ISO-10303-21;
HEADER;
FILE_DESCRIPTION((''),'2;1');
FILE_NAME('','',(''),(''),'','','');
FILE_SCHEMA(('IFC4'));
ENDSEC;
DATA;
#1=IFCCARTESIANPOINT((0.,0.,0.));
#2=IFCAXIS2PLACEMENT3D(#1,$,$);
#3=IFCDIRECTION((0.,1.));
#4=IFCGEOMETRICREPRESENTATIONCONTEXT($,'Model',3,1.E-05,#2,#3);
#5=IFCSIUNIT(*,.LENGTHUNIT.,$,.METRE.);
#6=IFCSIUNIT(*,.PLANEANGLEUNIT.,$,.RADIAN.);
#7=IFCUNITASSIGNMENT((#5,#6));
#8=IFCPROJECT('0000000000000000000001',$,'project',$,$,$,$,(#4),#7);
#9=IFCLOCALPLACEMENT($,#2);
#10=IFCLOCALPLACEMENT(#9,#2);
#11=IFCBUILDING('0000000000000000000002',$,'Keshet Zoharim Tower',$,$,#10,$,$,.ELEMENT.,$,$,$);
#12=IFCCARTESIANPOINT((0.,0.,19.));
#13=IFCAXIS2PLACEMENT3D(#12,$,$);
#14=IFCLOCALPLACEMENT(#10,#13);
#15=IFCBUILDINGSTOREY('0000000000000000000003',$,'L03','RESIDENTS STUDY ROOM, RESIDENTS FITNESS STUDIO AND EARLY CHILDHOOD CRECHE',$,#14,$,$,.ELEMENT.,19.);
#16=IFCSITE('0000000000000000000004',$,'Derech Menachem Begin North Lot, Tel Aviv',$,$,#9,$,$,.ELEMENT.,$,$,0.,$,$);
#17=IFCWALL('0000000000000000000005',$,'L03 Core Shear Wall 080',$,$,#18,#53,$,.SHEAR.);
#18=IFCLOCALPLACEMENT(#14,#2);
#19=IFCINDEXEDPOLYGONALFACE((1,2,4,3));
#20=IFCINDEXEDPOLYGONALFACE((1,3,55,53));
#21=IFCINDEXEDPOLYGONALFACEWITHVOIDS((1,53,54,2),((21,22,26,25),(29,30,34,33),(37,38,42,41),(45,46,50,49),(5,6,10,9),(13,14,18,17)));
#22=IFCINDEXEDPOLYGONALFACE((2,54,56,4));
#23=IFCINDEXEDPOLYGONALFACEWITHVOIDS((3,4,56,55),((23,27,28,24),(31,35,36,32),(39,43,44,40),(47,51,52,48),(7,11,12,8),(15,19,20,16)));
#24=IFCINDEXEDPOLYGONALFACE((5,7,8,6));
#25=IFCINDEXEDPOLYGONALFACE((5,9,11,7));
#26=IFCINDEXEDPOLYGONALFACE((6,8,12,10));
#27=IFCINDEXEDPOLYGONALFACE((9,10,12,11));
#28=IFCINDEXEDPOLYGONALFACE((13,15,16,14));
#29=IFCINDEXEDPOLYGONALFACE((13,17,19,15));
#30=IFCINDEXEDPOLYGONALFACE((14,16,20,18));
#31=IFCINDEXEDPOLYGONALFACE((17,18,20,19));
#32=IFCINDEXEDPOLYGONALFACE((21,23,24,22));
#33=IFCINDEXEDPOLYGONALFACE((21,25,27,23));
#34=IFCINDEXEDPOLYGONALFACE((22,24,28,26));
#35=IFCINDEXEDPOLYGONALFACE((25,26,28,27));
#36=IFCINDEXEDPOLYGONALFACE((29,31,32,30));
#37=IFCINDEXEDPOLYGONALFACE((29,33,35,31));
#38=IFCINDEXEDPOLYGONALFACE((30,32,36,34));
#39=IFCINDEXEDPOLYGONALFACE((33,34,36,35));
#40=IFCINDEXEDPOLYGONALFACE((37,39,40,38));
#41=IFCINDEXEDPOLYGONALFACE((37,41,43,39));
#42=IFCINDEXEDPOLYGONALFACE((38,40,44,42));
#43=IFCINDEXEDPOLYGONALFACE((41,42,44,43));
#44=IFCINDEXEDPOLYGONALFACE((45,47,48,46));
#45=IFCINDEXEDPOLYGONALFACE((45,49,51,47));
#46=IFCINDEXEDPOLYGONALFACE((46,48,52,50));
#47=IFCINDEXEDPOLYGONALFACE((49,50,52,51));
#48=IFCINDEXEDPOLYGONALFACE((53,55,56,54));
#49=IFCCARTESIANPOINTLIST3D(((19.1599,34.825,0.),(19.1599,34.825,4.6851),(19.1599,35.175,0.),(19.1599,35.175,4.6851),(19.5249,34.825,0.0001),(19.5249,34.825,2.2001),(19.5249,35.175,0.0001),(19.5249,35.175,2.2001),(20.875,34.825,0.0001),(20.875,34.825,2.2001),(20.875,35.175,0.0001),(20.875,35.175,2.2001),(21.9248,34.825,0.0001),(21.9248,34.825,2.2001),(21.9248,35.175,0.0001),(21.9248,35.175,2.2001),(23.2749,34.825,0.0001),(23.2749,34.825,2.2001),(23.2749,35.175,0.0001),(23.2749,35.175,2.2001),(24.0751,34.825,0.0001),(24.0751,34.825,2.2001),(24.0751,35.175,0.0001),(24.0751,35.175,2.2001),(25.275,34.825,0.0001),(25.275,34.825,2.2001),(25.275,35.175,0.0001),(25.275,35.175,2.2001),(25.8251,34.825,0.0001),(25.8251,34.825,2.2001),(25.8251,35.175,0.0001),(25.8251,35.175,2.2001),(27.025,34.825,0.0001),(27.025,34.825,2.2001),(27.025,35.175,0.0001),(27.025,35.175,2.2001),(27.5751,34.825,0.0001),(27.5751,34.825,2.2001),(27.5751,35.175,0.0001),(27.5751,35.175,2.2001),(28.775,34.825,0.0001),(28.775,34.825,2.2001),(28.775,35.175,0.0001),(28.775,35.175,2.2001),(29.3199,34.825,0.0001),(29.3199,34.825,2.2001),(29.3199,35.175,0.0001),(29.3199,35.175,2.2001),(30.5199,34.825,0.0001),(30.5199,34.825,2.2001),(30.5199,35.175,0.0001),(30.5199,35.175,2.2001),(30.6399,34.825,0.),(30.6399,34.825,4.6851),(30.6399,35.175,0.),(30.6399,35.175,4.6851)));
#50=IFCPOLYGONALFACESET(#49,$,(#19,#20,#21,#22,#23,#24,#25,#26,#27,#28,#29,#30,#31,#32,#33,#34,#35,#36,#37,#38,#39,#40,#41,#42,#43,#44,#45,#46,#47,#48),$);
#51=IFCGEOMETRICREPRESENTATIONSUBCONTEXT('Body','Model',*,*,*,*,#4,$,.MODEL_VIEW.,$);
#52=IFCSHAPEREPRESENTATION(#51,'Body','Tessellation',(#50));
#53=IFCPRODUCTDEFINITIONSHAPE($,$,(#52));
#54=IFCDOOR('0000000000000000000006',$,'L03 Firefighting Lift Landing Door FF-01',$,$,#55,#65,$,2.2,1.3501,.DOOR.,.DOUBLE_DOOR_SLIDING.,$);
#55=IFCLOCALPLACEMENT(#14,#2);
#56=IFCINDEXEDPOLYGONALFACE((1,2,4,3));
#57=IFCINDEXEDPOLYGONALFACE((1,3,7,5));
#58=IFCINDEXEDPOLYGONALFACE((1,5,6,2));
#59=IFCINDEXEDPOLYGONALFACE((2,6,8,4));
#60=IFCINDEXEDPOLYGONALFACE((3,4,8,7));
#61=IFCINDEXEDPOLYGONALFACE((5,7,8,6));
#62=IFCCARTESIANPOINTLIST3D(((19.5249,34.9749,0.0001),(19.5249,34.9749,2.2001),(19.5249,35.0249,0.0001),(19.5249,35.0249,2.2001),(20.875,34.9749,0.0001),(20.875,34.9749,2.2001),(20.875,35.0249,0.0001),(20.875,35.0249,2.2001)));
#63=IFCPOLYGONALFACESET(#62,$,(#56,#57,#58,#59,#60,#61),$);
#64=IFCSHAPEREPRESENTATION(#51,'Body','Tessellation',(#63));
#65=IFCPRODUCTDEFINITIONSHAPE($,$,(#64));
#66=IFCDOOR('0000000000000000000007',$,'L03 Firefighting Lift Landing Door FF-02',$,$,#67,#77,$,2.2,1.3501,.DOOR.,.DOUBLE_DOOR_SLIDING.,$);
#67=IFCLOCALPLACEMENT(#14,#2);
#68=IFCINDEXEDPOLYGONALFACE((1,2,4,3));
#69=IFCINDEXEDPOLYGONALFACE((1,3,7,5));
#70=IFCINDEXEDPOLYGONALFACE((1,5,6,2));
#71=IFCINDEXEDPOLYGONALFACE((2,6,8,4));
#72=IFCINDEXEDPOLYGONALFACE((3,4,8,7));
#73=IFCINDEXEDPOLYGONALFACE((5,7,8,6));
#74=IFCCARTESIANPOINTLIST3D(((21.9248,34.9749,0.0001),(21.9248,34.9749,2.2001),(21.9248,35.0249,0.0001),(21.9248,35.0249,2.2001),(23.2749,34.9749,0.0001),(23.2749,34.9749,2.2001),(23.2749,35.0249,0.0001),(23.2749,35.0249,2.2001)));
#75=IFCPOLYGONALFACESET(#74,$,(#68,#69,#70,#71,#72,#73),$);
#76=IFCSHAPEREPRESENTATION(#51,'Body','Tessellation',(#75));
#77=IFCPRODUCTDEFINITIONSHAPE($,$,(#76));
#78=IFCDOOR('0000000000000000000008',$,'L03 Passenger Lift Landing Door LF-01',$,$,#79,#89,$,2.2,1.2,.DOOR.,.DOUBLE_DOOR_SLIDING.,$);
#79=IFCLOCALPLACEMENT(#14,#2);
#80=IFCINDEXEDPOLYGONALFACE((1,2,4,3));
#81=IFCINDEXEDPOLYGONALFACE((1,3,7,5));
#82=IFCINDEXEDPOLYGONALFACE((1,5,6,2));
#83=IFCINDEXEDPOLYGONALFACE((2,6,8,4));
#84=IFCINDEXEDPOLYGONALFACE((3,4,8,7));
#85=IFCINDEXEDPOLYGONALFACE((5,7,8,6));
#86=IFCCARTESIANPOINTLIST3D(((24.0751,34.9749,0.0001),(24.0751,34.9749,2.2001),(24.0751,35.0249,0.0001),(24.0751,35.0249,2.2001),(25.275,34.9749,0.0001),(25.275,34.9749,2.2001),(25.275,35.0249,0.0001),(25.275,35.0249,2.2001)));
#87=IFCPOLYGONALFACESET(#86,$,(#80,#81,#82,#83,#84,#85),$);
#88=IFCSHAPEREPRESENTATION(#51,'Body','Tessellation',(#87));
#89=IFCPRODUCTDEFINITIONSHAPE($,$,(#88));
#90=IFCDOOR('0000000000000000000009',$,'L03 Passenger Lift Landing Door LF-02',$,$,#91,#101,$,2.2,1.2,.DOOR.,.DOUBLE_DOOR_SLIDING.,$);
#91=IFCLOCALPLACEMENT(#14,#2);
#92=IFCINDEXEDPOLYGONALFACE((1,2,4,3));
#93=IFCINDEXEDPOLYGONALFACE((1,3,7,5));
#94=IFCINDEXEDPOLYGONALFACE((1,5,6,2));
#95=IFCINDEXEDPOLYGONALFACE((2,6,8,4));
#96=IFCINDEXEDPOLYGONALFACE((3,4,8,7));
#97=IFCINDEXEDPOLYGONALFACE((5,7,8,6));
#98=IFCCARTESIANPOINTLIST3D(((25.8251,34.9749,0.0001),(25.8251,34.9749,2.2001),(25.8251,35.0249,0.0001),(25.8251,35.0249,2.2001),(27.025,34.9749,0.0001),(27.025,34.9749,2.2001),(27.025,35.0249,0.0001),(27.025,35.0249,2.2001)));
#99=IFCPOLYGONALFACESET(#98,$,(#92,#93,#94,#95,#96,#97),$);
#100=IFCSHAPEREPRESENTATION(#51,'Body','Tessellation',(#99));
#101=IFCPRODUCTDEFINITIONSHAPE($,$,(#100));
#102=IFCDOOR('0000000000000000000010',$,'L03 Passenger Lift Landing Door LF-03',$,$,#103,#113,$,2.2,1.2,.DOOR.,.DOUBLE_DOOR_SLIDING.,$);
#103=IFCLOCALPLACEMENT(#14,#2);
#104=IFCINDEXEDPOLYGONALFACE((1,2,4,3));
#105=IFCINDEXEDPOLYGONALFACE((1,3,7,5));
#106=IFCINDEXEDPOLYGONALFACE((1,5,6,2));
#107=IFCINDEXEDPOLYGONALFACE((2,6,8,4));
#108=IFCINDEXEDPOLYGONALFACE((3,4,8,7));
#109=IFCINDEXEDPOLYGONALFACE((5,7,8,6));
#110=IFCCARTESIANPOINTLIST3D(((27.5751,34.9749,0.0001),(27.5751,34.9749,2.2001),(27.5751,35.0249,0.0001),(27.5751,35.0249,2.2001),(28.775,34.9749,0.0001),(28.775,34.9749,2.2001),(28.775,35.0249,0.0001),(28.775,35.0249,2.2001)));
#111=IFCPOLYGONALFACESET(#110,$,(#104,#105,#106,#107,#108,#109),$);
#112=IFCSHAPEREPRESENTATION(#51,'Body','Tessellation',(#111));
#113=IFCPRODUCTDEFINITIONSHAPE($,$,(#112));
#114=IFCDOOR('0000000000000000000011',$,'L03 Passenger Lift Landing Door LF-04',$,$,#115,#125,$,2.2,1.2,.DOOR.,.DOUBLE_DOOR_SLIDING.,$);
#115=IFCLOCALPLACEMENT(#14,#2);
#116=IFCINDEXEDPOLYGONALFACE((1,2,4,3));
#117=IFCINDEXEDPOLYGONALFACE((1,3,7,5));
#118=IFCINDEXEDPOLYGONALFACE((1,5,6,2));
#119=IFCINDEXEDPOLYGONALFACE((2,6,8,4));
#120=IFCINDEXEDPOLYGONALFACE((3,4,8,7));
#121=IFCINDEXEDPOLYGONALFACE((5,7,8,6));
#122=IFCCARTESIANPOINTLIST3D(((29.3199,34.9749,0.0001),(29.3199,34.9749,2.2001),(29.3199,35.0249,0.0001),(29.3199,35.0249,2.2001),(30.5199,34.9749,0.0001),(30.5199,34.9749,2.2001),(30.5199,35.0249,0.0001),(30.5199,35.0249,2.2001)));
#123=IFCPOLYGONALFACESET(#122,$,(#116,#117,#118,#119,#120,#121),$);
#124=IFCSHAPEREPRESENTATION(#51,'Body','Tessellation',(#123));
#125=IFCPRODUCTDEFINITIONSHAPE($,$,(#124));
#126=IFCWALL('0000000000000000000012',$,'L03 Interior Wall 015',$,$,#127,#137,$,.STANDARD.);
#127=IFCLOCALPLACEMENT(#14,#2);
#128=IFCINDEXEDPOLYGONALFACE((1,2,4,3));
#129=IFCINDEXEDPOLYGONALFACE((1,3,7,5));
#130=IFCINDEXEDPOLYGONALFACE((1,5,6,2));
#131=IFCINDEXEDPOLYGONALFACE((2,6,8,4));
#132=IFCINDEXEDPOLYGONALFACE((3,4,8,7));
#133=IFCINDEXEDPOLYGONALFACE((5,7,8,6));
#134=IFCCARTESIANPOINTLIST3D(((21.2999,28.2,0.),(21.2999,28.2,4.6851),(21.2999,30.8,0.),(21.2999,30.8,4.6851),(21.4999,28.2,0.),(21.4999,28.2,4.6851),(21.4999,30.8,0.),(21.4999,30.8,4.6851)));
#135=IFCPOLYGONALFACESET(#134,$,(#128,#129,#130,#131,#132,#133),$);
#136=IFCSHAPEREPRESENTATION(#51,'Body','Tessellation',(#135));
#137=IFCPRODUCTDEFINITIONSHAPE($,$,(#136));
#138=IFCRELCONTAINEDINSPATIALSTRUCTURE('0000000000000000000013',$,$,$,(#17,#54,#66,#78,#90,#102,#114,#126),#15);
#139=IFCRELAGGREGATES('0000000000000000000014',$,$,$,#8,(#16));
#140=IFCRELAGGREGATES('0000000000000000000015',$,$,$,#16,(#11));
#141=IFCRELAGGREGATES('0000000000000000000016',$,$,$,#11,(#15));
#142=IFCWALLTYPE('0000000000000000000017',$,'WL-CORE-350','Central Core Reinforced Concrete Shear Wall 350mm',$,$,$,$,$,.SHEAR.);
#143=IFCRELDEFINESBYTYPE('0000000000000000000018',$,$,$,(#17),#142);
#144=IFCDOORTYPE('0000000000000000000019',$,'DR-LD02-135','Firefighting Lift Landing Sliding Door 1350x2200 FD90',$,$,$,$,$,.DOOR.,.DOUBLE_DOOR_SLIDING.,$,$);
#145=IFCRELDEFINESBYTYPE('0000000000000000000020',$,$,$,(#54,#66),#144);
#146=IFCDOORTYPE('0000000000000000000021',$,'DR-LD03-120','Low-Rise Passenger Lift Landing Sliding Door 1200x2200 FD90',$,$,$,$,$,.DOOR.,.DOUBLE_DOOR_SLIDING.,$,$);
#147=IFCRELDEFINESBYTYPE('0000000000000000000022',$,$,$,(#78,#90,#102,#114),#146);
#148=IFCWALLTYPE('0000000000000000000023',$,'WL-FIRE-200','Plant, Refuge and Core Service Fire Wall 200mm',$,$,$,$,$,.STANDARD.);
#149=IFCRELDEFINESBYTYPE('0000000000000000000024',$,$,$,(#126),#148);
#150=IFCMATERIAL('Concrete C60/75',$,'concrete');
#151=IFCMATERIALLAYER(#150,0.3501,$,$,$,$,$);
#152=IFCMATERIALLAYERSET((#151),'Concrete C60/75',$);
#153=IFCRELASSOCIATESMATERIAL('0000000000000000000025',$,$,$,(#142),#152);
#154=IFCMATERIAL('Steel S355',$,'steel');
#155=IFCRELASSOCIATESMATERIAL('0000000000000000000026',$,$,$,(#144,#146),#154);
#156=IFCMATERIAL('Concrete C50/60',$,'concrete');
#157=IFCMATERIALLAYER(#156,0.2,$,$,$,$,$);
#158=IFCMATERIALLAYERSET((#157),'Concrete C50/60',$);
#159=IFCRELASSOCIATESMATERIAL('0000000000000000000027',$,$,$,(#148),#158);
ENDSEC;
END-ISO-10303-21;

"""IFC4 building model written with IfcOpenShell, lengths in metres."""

from ifc_helpers import new_model, si_unit, direction, frame, frame_2d, origin, place, context, subcontext, project, spatial, rectangle, extrude, material, layer, layer_set, type_object, element, fill, save


model = new_model("IFC4")

# Units and contexts
model_context = context("Model", 3, precision=1e-05, world=origin(), true_north=direction((0.0, 1.0)))
body_context = subcontext(model_context, "Body", "Model", "MODEL_VIEW")
ifc_project = project(units=[si_unit("LENGTHUNIT", "METRE"), si_unit("PLANEANGLEUNIT", "RADIAN")], contexts=[model_context])

# Site, building, storey
site_placement = place(None, origin())
site = spatial("IfcSite", under=ifc_project, at=site_placement, Name="Derech Menachem Begin North Lot, Tel Aviv", CompositionType="ELEMENT", RefElevation=0.0)
building_placement = place(site_placement, origin())
building = spatial("IfcBuilding", under=site, at=building_placement, Name="Keshet Zoharim Tower", CompositionType="ELEMENT")
storey_placement = place(building_placement, frame((0.0, 0.0, 19.0)))
storey = spatial("IfcBuildingStorey", under=building, at=storey_placement, Name="L03", Description="RESIDENTS STUDY ROOM, RESIDENTS FITNESS STUDIO AND EARLY CHILDHOOD CRECHE", CompositionType="ELEMENT", Elevation=19.0)

# Shared definitions
ifc_material_1 = material(Name="Concrete C60/75", Category="concrete")
ifc_layer_1 = layer(ifc_material_1, 0.3501)
ifc_layer_set_1 = layer_set([ifc_layer_1], Name="Concrete C60/75")
wall_type_1 = type_object("IfcWallType", Name="WL-CORE-350", Description="Central Core Reinforced Concrete Shear Wall 350mm", PredefinedType="SHEAR", material=ifc_layer_set_1)

# Shared definitions
ifc_material_2 = material(Name="Steel S355", Category="steel")

# Wall, openings, doors
wall_1_placement = place(storey_placement, frame((19.1599, 35.0, 0.0), z_axis=(0.0, 0.0, 1.0), x_axis=(1.0, 0.0, 0.0)))
wall_1 = element("IfcWall", 1, at=wall_1_placement, inside=storey, type_object=wall_type_1, Name="L03 Core Shear Wall 080", PredefinedType="SHEAR", context=body_context, shape_type="SweptSolid", body=[
    extrude(rectangle(XDim=11.48, YDim=0.3501, at=frame_2d((5.74, 0.0))), origin(), (0.0, 0.0, 1.0), 4.6851),
])
opening_1_placement = place(wall_1_placement, frame((0.365, 0.0, 0.0)))
opening_1 = element("IfcOpeningElement", 2, at=opening_1_placement, cuts=wall_1, PredefinedType="OPENING", context=body_context, shape_type="SweptSolid", body=[
    extrude(rectangle(XDim=1.3501, YDim=2.2, at=frame_2d((0.675, 1.1001))), frame((0.0, 0.1851, 0.0), z_axis=(0.0, -1.0, 0.0), x_axis=(1.0, 0.0, 0.0)), (0.0, 0.0, 1.0), 0.3701),
])
opening_2_placement = place(wall_1_placement, frame((2.7649, 0.0, 0.0)))
opening_2 = element("IfcOpeningElement", 3, at=opening_2_placement, cuts=wall_1, PredefinedType="OPENING", context=body_context, shape_type="SweptSolid", body=[
    extrude(rectangle(XDim=1.3501, YDim=2.2, at=frame_2d((0.675, 1.1001))), frame((0.0, 0.1851, 0.0), z_axis=(0.0, -1.0, 0.0), x_axis=(1.0, 0.0, 0.0)), (0.0, 0.0, 1.0), 0.3701),
])
opening_3_placement = place(wall_1_placement, frame((4.915, 0.0, 0.0)))
opening_3 = element("IfcOpeningElement", 4, at=opening_3_placement, cuts=wall_1, PredefinedType="OPENING", context=body_context, shape_type="SweptSolid", body=[
    extrude(rectangle(XDim=1.2, YDim=2.2, at=frame_2d((0.6001, 1.1001))), frame((0.0, 0.1851, 0.0), z_axis=(0.0, -1.0, 0.0), x_axis=(1.0, 0.0, 0.0)), (0.0, 0.0, 1.0), 0.3701),
])
opening_4_placement = place(wall_1_placement, frame((6.665, 0.0, 0.0)))
opening_4 = element("IfcOpeningElement", 5, at=opening_4_placement, cuts=wall_1, PredefinedType="OPENING", context=body_context, shape_type="SweptSolid", body=[
    extrude(rectangle(XDim=1.2, YDim=2.2, at=frame_2d((0.6001, 1.1001))), frame((0.0, 0.1851, 0.0), z_axis=(0.0, -1.0, 0.0), x_axis=(1.0, 0.0, 0.0)), (0.0, 0.0, 1.0), 0.3701),
])
opening_5_placement = place(wall_1_placement, frame((8.415, 0.0, 0.0)))
opening_5 = element("IfcOpeningElement", 6, at=opening_5_placement, cuts=wall_1, PredefinedType="OPENING", context=body_context, shape_type="SweptSolid", body=[
    extrude(rectangle(XDim=1.2, YDim=2.2, at=frame_2d((0.6001, 1.1001))), frame((0.0, 0.1851, 0.0), z_axis=(0.0, -1.0, 0.0), x_axis=(1.0, 0.0, 0.0)), (0.0, 0.0, 1.0), 0.3701),
])
opening_6_placement = place(wall_1_placement, frame((10.1599, 0.0, 0.0)))
opening_6 = element("IfcOpeningElement", 7, at=opening_6_placement, cuts=wall_1, PredefinedType="OPENING", context=body_context, shape_type="SweptSolid", body=[
    extrude(rectangle(XDim=1.2, YDim=2.2, at=frame_2d((0.6001, 1.1001))), frame((0.0, 0.1851, 0.0), z_axis=(0.0, -1.0, 0.0), x_axis=(1.0, 0.0, 0.0)), (0.0, 0.0, 1.0), 0.3701),
])
door_type_1 = type_object("IfcDoorType", Name="DR-LD02-135", Description="Firefighting Lift Landing Sliding Door 1350x2200 FD90", OperationType="DOUBLE_DOOR_SLIDING", PredefinedType="DOOR", material=ifc_material_2)
door_1_placement = place(opening_1_placement, origin())
door_1 = element("IfcDoor", 8, at=door_1_placement, inside=storey, type_object=door_type_1, Name="L03 Firefighting Lift Landing Door FF-01", OperationType="DOUBLE_DOOR_SLIDING", OverallHeight=2.2, OverallWidth=1.3501, PredefinedType="DOOR", context=body_context, shape_type="SweptSolid", body=[
    extrude(rectangle(XDim=1.3501, YDim=2.2, at=frame_2d((0.675, 1.1001))), frame((0.0, 0.0249, 0.0), z_axis=(0.0, -1.0, 0.0), x_axis=(1.0, 0.0, 0.0)), (0.0, 0.0, 1.0), 0.05),
])
fill(opening_1, door_1)
door_2_placement = place(opening_2_placement, origin())
door_2 = element("IfcDoor", 9, at=door_2_placement, inside=storey, type_object=door_type_1, Name="L03 Firefighting Lift Landing Door FF-02", OperationType="DOUBLE_DOOR_SLIDING", OverallHeight=2.2, OverallWidth=1.3501, PredefinedType="DOOR", context=body_context, shape_type="SweptSolid", body=[
    extrude(rectangle(XDim=1.3501, YDim=2.2, at=frame_2d((0.675, 1.1001))), frame((0.0, 0.0249, 0.0), z_axis=(0.0, -1.0, 0.0), x_axis=(1.0, 0.0, 0.0)), (0.0, 0.0, 1.0), 0.05),
])
fill(opening_2, door_2)
door_type_2 = type_object("IfcDoorType", Name="DR-LD03-120", Description="Low-Rise Passenger Lift Landing Sliding Door 1200x2200 FD90", OperationType="DOUBLE_DOOR_SLIDING", PredefinedType="DOOR", material=ifc_material_2)
door_3_placement = place(opening_3_placement, origin())
door_3 = element("IfcDoor", 10, at=door_3_placement, inside=storey, type_object=door_type_2, Name="L03 Passenger Lift Landing Door LF-01", OperationType="DOUBLE_DOOR_SLIDING", OverallHeight=2.2, OverallWidth=1.2, PredefinedType="DOOR", context=body_context, shape_type="SweptSolid", body=[
    extrude(rectangle(XDim=1.2, YDim=2.2, at=frame_2d((0.6001, 1.1001))), frame((0.0, 0.0249, 0.0), z_axis=(0.0, -1.0, 0.0), x_axis=(1.0, 0.0, 0.0)), (0.0, 0.0, 1.0), 0.05),
])
fill(opening_3, door_3)
door_4_placement = place(opening_4_placement, origin())
door_4 = element("IfcDoor", 11, at=door_4_placement, inside=storey, type_object=door_type_2, Name="L03 Passenger Lift Landing Door LF-02", OperationType="DOUBLE_DOOR_SLIDING", OverallHeight=2.2, OverallWidth=1.2, PredefinedType="DOOR", context=body_context, shape_type="SweptSolid", body=[
    extrude(rectangle(XDim=1.2, YDim=2.2, at=frame_2d((0.6001, 1.1001))), frame((0.0, 0.0249, 0.0), z_axis=(0.0, -1.0, 0.0), x_axis=(1.0, 0.0, 0.0)), (0.0, 0.0, 1.0), 0.05),
])
fill(opening_4, door_4)
door_5_placement = place(opening_5_placement, origin())
door_5 = element("IfcDoor", 12, at=door_5_placement, inside=storey, type_object=door_type_2, Name="L03 Passenger Lift Landing Door LF-03", OperationType="DOUBLE_DOOR_SLIDING", OverallHeight=2.2, OverallWidth=1.2, PredefinedType="DOOR", context=body_context, shape_type="SweptSolid", body=[
    extrude(rectangle(XDim=1.2, YDim=2.2, at=frame_2d((0.6001, 1.1001))), frame((0.0, 0.0249, 0.0), z_axis=(0.0, -1.0, 0.0), x_axis=(1.0, 0.0, 0.0)), (0.0, 0.0, 1.0), 0.05),
])
fill(opening_5, door_5)
door_6_placement = place(opening_6_placement, origin())
door_6 = element("IfcDoor", 13, at=door_6_placement, inside=storey, type_object=door_type_2, Name="L03 Passenger Lift Landing Door LF-04", OperationType="DOUBLE_DOOR_SLIDING", OverallHeight=2.2, OverallWidth=1.2, PredefinedType="DOOR", context=body_context, shape_type="SweptSolid", body=[
    extrude(rectangle(XDim=1.2, YDim=2.2, at=frame_2d((0.6001, 1.1001))), frame((0.0, 0.0249, 0.0), z_axis=(0.0, -1.0, 0.0), x_axis=(1.0, 0.0, 0.0)), (0.0, 0.0, 1.0), 0.05),
])
fill(opening_6, door_6)

# Wall
ifc_material_3 = material(Name="Concrete C50/60", Category="concrete")
ifc_layer_2 = layer(ifc_material_3, 0.2)
ifc_layer_set_2 = layer_set([ifc_layer_2], Name="Concrete C50/60")
wall_type_2 = type_object("IfcWallType", Name="WL-FIRE-200", Description="Plant, Refuge and Core Service Fire Wall 200mm", PredefinedType="STANDARD", material=ifc_layer_set_2)
wall_2_placement = place(storey_placement, frame((21.3999, 28.2, 0.0), z_axis=(0.0, 0.0, 1.0), x_axis=(0.0, 1.0, 0.0)))
element("IfcWall", 14, at=wall_2_placement, inside=storey, type_object=wall_type_2, Name="L03 Interior Wall 015", PredefinedType="STANDARD", context=body_context, shape_type="SweptSolid", body=[
    extrude(rectangle(XDim=2.6001, YDim=0.2, at=frame_2d((1.3, 0.0))), origin(), (0.0, 0.0, 1.0), 4.6851),
])

save(model, "model.ifc")
